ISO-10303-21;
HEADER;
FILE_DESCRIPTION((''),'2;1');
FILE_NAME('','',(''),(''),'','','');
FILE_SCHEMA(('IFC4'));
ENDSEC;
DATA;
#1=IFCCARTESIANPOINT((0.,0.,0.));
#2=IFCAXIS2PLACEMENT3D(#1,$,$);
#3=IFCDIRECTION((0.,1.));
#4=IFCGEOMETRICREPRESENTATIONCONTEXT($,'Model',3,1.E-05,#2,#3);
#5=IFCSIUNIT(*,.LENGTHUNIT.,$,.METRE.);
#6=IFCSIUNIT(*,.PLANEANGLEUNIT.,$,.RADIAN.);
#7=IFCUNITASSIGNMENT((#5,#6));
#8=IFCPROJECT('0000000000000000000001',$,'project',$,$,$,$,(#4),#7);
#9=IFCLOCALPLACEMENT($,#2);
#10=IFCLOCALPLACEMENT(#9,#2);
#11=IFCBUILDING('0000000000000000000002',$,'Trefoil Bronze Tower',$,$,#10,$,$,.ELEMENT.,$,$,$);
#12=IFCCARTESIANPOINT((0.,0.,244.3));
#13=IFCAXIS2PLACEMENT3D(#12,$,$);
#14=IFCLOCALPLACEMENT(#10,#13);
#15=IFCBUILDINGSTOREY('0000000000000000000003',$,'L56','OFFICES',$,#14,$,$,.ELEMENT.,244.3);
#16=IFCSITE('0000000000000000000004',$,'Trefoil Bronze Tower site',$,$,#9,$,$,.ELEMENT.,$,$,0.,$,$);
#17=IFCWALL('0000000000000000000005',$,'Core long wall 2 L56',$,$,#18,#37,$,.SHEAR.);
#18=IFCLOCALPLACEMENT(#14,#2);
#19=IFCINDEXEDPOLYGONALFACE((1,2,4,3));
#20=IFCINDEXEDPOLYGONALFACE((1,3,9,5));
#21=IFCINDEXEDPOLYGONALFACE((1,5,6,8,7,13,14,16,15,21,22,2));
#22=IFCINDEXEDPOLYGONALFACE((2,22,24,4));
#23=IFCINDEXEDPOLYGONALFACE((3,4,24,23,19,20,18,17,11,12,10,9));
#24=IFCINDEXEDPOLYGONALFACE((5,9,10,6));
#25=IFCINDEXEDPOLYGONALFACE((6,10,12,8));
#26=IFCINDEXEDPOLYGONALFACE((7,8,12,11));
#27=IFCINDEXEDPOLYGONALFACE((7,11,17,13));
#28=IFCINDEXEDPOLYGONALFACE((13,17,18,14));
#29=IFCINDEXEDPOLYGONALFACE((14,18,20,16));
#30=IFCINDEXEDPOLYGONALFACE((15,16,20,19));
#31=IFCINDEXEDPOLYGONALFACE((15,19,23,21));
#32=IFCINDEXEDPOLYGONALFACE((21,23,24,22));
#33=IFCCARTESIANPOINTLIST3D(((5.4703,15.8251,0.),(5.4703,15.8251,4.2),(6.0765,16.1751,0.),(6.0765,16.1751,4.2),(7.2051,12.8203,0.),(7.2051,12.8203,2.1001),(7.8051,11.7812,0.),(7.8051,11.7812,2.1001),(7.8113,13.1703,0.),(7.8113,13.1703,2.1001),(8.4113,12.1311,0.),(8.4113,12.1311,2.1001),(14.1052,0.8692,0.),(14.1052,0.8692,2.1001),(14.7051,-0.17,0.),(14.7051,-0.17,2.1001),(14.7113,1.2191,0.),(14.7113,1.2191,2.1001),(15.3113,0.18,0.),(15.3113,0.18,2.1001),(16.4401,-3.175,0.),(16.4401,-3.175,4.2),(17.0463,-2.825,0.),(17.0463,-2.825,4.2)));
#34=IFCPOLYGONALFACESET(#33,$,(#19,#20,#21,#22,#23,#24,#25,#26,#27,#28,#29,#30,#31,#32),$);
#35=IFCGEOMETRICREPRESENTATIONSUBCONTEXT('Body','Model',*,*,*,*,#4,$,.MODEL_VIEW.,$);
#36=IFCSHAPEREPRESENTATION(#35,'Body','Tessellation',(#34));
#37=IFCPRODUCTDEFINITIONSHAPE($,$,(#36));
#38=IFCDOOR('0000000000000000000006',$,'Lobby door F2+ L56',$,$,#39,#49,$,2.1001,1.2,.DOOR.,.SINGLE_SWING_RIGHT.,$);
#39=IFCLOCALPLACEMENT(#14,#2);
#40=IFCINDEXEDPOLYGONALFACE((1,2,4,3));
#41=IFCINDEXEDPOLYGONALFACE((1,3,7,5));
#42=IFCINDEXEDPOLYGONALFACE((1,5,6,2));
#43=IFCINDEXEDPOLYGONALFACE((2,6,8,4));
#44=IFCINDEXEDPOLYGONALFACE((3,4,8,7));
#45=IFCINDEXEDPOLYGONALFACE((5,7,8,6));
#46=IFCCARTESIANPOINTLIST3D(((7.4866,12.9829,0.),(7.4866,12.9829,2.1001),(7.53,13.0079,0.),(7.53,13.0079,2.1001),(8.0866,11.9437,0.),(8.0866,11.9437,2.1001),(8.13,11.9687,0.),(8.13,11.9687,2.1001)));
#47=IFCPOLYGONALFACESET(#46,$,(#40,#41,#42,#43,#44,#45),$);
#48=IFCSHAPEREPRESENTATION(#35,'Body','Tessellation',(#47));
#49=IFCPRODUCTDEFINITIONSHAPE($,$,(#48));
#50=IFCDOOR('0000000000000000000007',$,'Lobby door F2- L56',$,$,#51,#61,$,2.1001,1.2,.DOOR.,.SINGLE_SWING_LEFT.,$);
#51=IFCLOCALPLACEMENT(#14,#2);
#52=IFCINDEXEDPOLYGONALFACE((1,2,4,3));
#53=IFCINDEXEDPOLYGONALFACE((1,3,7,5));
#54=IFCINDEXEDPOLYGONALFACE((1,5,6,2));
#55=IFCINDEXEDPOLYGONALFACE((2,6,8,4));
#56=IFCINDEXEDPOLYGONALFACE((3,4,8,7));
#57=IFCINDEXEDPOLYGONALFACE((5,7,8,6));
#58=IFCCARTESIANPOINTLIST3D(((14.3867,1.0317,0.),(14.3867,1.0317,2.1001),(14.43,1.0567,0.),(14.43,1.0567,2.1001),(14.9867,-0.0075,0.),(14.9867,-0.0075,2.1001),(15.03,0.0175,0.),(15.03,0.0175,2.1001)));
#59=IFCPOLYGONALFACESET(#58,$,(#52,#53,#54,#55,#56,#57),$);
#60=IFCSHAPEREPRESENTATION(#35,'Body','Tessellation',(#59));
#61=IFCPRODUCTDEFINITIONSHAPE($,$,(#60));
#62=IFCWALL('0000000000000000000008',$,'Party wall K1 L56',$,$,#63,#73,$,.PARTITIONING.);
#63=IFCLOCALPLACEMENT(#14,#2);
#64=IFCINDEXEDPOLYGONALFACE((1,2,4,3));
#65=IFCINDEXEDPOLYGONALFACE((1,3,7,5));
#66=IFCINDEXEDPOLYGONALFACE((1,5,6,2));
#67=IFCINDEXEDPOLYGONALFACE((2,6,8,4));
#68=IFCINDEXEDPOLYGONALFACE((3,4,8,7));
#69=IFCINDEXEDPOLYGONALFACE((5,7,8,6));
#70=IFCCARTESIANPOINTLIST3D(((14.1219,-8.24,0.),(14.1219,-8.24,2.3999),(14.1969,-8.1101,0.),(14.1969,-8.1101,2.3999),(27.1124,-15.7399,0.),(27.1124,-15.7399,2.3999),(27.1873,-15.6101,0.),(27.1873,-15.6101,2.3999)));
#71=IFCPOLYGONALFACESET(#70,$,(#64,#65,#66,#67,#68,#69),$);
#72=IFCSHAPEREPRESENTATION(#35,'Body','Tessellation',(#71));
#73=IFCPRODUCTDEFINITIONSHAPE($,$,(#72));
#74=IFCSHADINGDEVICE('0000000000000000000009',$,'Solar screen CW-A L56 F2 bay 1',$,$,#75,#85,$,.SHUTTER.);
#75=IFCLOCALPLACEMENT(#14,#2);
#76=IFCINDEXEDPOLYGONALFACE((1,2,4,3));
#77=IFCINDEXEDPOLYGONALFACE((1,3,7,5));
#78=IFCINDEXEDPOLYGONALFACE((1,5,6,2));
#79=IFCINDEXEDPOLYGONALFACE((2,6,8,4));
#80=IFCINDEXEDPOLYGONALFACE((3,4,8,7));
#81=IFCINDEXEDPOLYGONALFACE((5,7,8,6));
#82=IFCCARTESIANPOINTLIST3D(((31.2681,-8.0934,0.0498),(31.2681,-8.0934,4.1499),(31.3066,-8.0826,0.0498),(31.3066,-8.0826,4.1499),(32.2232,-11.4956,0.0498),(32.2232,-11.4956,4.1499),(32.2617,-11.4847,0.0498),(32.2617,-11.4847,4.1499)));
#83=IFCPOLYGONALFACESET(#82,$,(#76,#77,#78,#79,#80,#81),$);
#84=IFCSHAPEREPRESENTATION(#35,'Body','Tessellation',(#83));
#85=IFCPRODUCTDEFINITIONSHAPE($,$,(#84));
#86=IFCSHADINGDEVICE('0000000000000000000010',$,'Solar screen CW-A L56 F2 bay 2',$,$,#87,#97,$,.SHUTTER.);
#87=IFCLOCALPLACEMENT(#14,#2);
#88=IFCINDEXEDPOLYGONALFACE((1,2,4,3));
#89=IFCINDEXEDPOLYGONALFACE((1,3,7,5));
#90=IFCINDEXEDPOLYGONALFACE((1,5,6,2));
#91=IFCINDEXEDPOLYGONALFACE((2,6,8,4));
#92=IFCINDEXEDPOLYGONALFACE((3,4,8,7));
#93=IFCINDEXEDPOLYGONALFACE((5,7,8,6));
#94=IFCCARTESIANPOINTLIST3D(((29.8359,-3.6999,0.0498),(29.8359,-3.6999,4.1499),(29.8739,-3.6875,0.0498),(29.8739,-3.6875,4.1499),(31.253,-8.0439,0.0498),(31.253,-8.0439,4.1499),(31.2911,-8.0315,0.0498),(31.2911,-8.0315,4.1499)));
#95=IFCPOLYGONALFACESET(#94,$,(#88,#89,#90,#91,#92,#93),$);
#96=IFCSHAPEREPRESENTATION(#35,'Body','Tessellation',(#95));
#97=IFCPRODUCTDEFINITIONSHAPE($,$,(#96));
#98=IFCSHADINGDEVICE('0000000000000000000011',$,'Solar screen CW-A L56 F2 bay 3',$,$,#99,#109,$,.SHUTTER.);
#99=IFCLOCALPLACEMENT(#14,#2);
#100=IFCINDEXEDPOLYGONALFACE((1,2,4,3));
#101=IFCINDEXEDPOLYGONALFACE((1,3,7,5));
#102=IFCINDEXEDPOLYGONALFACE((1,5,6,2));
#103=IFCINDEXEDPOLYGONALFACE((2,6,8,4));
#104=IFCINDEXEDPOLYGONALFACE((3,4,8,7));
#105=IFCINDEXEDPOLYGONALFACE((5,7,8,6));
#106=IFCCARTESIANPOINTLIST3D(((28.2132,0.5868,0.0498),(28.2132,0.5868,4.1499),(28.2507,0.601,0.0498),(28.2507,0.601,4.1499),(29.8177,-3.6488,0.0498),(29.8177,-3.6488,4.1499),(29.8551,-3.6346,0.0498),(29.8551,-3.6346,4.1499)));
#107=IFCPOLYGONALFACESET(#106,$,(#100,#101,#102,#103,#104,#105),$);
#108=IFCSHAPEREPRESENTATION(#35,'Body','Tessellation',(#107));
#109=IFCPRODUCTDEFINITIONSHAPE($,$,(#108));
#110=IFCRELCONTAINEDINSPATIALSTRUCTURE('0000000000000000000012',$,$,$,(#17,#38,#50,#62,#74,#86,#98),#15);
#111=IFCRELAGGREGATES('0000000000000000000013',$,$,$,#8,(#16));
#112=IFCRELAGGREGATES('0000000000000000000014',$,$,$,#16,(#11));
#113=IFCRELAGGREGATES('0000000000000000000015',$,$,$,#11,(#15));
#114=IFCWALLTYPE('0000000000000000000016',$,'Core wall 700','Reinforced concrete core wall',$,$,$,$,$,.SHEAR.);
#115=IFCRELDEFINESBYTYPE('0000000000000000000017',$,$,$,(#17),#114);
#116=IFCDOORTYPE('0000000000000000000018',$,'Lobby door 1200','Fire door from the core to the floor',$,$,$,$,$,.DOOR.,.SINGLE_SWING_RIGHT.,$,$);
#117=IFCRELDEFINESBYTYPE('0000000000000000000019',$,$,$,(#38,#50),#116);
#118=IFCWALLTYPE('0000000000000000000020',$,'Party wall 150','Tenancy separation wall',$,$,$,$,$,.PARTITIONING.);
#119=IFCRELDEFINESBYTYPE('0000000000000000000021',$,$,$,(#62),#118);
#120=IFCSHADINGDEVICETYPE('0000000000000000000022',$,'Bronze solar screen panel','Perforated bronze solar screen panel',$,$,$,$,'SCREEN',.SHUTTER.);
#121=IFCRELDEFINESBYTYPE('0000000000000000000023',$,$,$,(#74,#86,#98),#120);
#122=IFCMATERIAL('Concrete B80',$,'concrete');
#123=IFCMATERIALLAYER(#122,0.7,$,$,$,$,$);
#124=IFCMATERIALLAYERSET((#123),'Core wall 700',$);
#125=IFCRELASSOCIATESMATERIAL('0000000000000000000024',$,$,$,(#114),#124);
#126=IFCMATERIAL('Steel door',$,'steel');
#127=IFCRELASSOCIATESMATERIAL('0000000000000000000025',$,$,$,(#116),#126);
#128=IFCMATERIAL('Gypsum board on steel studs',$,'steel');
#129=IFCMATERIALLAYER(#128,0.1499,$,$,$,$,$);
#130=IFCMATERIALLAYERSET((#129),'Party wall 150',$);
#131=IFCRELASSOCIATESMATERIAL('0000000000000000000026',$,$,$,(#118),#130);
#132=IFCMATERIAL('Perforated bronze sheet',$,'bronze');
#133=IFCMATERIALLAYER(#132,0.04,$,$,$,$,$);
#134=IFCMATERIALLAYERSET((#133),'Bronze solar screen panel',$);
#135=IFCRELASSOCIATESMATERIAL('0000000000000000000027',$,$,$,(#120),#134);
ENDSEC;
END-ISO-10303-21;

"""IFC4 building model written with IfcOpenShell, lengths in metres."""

from ifc_helpers import new_model, si_unit, direction, frame, frame_2d, origin, origin_2d, place, context, subcontext, project, spatial, rectangle, extrude, material, layer, layer_set, type_object, element, fill, save


model = new_model("IFC4")

# Units and contexts
model_context = context("Model", 3, precision=1e-05, world=origin(), true_north=direction((0.0, 1.0)))
body_context = subcontext(model_context, "Body", "Model", "MODEL_VIEW")
ifc_project = project(units=[si_unit("LENGTHUNIT", "METRE"), si_unit("PLANEANGLEUNIT", "RADIAN")], contexts=[model_context])

# Site, building, storey
site_placement = place(None, origin())
site = spatial("IfcSite", under=ifc_project, at=site_placement, Name="Trefoil Bronze Tower site", CompositionType="ELEMENT", RefElevation=0.0)
building_placement = place(site_placement, origin())
building = spatial("IfcBuilding", under=site, at=building_placement, Name="Trefoil Bronze Tower", CompositionType="ELEMENT")
storey_placement = place(building_placement, frame((0.0, 0.0, 244.3)))
storey = spatial("IfcBuildingStorey", under=building, at=storey_placement, Name="L56", Description="OFFICES", CompositionType="ELEMENT", Elevation=244.3)

# Wall, openings, doors
ifc_material_1 = material(Name="Concrete B80", Category="concrete")
ifc_layer_1 = layer(ifc_material_1, 0.7)
ifc_layer_set_1 = layer_set([ifc_layer_1], Name="Core wall 700")
wall_type_1 = type_object("IfcWallType", Name="Core wall 700", Description="Reinforced concrete core wall", PredefinedType="SHEAR", material=ifc_layer_set_1)
wall_1_placement = place(storey_placement, frame((16.7432, -3.0, 0.0), z_axis=(0.0, 0.0, 1.0), x_axis=(-0.500002, 0.866024, 0.0)))
wall_1 = element("IfcWall", 1, at=wall_1_placement, inside=storey, type_object=wall_type_1, Name="Core long wall 2 L56", PredefinedType="SHEAR", context=body_context, shape_type="SweptSolid", body=[
    extrude(rectangle(XDim=21.9395, YDim=0.7, at=frame_2d((10.9697, 0.0))), origin(), (0.0, 0.0, 1.0), 4.2),
])
opening_1_placement = place(wall_1_placement, frame((17.2698, 0.0, 0.0)))
opening_1 = element("IfcOpeningElement", 2, at=opening_1_placement, cuts=wall_1, PredefinedType="OPENING", context=body_context, shape_type="SweptSolid", body=[
    extrude(rectangle(XDim=1.2, YDim=2.1001, at=frame_2d((0.6001, 1.05))), frame((0.0, 0.3599, 0.0), z_axis=(0.0, -1.0, 0.0), x_axis=(1.0, 0.0, 0.0)), (0.0, 0.0, 1.0), 0.72),
])
opening_2_placement = place(wall_1_placement, frame((3.4697, 0.0, 0.0)))
opening_2 = element("IfcOpeningElement", 3, at=opening_2_placement, cuts=wall_1, PredefinedType="OPENING", context=body_context, shape_type="SweptSolid", body=[
    extrude(rectangle(XDim=1.2, YDim=2.1001, at=frame_2d((0.6001, 1.05))), frame((0.0, 0.3599, 0.0), z_axis=(0.0, -1.0, 0.0), x_axis=(1.0, 0.0, 0.0)), (0.0, 0.0, 1.0), 0.72),
])
ifc_material_2 = material(Name="Steel door", Category="steel")
door_type_1 = type_object("IfcDoorType", Name="Lobby door 1200", Description="Fire door from the core to the floor", OperationType="SINGLE_SWING_RIGHT", PredefinedType="DOOR", material=ifc_material_2)
door_1_placement = place(opening_1_placement, origin())
door_1 = element("IfcDoor", 4, at=door_1_placement, inside=storey, type_object=door_type_1, Name="Lobby door F2+ L56", OperationType="SINGLE_SWING_RIGHT", OverallHeight=2.1001, OverallWidth=1.2, PredefinedType="DOOR", context=body_context, shape_type="SweptSolid", body=[
    extrude(rectangle(XDim=1.2, YDim=2.1001, at=frame_2d((0.6001, 1.05))), frame((0.0, 0.0249, 0.0), z_axis=(0.0, -1.0, 0.0), x_axis=(1.0, 0.0, 0.0)), (0.0, 0.0, 1.0), 0.05),
])
fill(opening_1, door_1)
door_2_placement = place(opening_2_placement, origin())
door_2 = element("IfcDoor", 5, at=door_2_placement, inside=storey, type_object=door_type_1, Name="Lobby door F2- L56", OperationType="SINGLE_SWING_LEFT", OverallHeight=2.1001, OverallWidth=1.2, PredefinedType="DOOR", context=body_context, shape_type="SweptSolid", body=[
    extrude(rectangle(XDim=1.2, YDim=2.1001, at=frame_2d((0.6001, 1.05))), frame((0.0, 0.0249, 0.0), z_axis=(0.0, -1.0, 0.0), x_axis=(1.0, 0.0, 0.0)), (0.0, 0.0, 1.0), 0.05),
])
fill(opening_2, door_2)

# Wall
ifc_material_3 = material(Name="Gypsum board on steel studs", Category="steel")
ifc_layer_2 = layer(ifc_material_3, 0.1499)
ifc_layer_set_2 = layer_set([ifc_layer_2], Name="Party wall 150")
wall_type_2 = type_object("IfcWallType", Name="Party wall 150", Description="Tenancy separation wall", PredefinedType="PARTITIONING", material=ifc_layer_set_2)
wall_2_placement = place(storey_placement, frame((14.1594, -8.175, 0.0), z_axis=(0.0, 0.0, 1.0), x_axis=(0.866027, -0.499997, 0.0)))
element("IfcWall", 6, at=wall_2_placement, inside=storey, type_object=wall_type_2, Name="Party wall K1 L56", PredefinedType="PARTITIONING", context=body_context, shape_type="SweptSolid", body=[
    extrude(rectangle(XDim=15.0, YDim=0.1499, at=frame_2d((7.5, 0.0))), origin(), (0.0, 0.0, 1.0), 2.3999),
])

# Shading devices
ifc_material_4 = material(Name="Perforated bronze sheet", Category="bronze")
ifc_layer_3 = layer(ifc_material_4, 0.04)
ifc_layer_set_3 = layer_set([ifc_layer_3], Name="Bronze solar screen panel")
shading_device_type = type_object("IfcShadingDeviceType", Name="Bronze solar screen panel", Description="Perforated bronze solar screen panel", ElementType="SCREEN", PredefinedType="SHUTTER", material=ifc_layer_set_3)
shading_device_1_placement = place(storey_placement, frame((31.7649, -9.7891, 0.0498), z_axis=(0.0, 0.0, 1.0), x_axis=(-0.270282, 0.962781, 0.0)))
element("IfcShadingDevice", 7, at=shading_device_1_placement, inside=storey, type_object=shading_device_type, Name="Solar screen CW-A L56 F2 bay 1", PredefinedType="SHUTTER", context=body_context, shape_type="SweptSolid", body=[
    extrude(rectangle(XDim=3.5337, YDim=0.04, at=origin_2d()), origin(), (0.0, 0.0, 1.0), 4.1001),
])
shading_device_2_placement = place(storey_placement, frame((30.5635, -5.8657, 0.0498), z_axis=(0.0, 0.0, 1.0), x_axis=(-0.310149, 0.950688, 0.0)))
element("IfcShadingDevice", 8, at=shading_device_2_placement, inside=storey, type_object=shading_device_type, Name="Solar screen CW-A L56 F2 bay 2", PredefinedType="SHUTTER", context=body_context, shape_type="SweptSolid", body=[
    extrude(rectangle(XDim=4.5693, YDim=0.04, at=origin_2d()), origin(), (0.0, 0.0, 1.0), 4.1001),
])
shading_device_3_placement = place(storey_placement, frame((29.0342, -1.5239, 0.0498), z_axis=(0.0, 0.0, 1.0), x_axis=(-0.354234, 0.935157, 0.0)))
element("IfcShadingDevice", 9, at=shading_device_3_placement, inside=storey, type_object=shading_device_type, Name="Solar screen CW-A L56 F2 bay 3", PredefinedType="SHUTTER", context=body_context, shape_type="SweptSolid", body=[
    extrude(rectangle(XDim=4.5293, YDim=0.04, at=origin_2d()), origin(), (0.0, 0.0, 1.0), 4.1001),
])

save(model, "model.ifc")
